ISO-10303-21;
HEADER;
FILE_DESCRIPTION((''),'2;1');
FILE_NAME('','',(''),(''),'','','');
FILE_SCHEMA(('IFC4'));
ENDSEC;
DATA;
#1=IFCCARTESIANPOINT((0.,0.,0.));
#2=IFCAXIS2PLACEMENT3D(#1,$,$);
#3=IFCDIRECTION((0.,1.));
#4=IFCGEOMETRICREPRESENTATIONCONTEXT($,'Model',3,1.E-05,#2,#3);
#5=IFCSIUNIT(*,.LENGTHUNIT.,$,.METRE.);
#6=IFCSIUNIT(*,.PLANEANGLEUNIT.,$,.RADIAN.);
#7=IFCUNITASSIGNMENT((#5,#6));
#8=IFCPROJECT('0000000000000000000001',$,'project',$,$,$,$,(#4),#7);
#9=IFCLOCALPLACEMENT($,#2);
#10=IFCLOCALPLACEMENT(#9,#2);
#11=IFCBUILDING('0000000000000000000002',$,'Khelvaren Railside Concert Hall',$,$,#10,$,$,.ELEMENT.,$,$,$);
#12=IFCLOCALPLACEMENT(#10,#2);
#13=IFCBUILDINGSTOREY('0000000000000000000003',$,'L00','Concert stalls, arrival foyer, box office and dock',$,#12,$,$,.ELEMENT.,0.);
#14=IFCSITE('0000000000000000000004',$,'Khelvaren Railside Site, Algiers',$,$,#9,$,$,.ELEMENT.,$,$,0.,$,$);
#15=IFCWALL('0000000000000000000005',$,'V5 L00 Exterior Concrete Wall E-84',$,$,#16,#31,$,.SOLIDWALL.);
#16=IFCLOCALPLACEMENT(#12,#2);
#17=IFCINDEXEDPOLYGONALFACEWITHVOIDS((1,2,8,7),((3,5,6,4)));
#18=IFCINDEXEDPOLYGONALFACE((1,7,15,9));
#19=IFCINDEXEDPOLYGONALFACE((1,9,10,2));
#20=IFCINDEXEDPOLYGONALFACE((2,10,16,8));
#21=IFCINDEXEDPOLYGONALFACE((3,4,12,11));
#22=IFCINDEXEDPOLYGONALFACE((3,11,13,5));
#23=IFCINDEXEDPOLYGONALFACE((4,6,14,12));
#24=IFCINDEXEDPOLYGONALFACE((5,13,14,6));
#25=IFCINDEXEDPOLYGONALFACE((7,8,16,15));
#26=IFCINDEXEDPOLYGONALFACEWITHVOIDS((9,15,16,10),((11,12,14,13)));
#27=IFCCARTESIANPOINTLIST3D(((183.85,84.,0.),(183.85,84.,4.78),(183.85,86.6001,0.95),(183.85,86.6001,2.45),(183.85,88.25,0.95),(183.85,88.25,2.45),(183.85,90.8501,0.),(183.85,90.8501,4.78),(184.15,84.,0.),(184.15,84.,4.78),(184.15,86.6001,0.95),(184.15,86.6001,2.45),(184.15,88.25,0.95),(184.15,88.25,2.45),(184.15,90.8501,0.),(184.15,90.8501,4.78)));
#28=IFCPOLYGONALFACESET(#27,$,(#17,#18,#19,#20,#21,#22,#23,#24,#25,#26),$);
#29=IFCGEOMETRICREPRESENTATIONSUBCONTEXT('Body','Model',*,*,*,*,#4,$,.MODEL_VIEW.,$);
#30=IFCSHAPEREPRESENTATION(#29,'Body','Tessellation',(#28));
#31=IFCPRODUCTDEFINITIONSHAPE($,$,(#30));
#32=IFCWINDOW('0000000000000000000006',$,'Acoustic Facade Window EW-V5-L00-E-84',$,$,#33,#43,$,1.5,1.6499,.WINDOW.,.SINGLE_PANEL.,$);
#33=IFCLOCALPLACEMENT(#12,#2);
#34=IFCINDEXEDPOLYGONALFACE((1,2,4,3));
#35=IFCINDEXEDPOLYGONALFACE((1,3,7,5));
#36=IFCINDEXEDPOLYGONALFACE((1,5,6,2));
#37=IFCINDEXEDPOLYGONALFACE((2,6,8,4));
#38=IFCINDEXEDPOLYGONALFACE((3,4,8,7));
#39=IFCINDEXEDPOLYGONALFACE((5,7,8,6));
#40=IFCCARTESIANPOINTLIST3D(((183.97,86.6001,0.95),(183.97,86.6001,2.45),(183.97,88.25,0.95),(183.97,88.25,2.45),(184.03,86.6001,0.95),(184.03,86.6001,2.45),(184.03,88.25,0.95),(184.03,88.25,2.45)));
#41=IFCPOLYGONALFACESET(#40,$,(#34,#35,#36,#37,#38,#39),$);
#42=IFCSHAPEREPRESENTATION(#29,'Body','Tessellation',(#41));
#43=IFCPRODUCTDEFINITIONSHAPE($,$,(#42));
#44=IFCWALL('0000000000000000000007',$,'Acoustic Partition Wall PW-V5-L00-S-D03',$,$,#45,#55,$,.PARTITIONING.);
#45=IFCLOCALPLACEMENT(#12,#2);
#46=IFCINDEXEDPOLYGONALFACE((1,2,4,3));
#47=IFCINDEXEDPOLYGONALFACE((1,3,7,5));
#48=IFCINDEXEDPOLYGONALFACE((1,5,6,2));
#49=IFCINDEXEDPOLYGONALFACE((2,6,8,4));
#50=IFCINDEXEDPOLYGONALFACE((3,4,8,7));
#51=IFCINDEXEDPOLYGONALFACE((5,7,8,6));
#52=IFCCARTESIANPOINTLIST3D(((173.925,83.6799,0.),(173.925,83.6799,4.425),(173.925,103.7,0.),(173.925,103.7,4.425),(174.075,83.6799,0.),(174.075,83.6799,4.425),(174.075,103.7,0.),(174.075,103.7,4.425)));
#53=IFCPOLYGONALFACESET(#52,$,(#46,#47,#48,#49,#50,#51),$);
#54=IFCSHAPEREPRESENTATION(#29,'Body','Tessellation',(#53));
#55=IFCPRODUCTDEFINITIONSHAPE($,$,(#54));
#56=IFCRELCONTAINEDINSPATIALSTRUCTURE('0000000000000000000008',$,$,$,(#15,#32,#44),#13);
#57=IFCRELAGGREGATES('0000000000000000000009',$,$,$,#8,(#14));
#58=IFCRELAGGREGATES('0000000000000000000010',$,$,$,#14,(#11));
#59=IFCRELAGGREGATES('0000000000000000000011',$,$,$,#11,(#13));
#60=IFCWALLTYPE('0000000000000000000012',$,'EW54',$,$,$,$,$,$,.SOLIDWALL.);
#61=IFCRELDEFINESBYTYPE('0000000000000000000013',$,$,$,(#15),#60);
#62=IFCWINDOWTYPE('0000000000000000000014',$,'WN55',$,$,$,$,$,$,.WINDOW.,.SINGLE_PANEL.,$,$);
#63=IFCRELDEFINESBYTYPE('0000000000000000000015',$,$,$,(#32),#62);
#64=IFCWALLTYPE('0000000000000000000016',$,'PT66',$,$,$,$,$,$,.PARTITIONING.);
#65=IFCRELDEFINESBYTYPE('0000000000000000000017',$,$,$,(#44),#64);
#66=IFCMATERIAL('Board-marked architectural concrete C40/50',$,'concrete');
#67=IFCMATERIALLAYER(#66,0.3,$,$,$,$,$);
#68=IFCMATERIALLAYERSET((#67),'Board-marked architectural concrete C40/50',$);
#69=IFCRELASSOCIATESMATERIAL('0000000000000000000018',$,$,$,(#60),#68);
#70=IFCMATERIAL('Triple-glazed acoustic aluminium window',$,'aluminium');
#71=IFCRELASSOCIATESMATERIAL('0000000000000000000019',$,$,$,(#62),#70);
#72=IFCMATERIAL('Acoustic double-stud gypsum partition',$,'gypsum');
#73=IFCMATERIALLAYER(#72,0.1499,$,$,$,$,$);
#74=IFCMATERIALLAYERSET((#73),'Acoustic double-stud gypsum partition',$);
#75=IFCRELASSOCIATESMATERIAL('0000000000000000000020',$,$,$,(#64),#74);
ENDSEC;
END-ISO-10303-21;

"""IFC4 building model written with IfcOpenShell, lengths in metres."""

from ifc_helpers import new_model, si_unit, direction, frame, frame_2d, origin, place, context, subcontext, project, spatial, rectangle, extrude, material, layer, layer_set, type_object, element, fill, save


model = new_model("IFC4")

# Units and contexts
model_context = context("Model", 3, precision=1e-05, world=origin(), true_north=direction((0.0, 1.0)))
body_context = subcontext(model_context, "Body", "Model", "MODEL_VIEW")
ifc_project = project(units=[si_unit("LENGTHUNIT", "METRE"), si_unit("PLANEANGLEUNIT", "RADIAN")], contexts=[model_context])

# Site, building, storey
site_placement = place(None, origin())
site = spatial("IfcSite", under=ifc_project, at=site_placement, Name="Khelvaren Railside Site, Algiers", CompositionType="ELEMENT", RefElevation=0.0)
building_placement = place(site_placement, origin())
building = spatial("IfcBuilding", under=site, at=building_placement, Name="Khelvaren Railside Concert Hall", CompositionType="ELEMENT")
storey_placement = place(building_placement, origin())
storey = spatial("IfcBuildingStorey", under=building, at=storey_placement, Name="L00", Description="Concert stalls, arrival foyer, box office and dock", CompositionType="ELEMENT", Elevation=0.0)

# Wall, opening, window
ifc_material_1 = material(Name="Board-marked architectural concrete C40/50", Category="concrete")
ifc_layer_1 = layer(ifc_material_1, 0.3)
ifc_layer_set_1 = layer_set([ifc_layer_1], Name="Board-marked architectural concrete C40/50")
wall_type_1 = type_object("IfcWallType", Name="EW54", PredefinedType="SOLIDWALL", material=ifc_layer_set_1)
ifc_material_2 = material(Name="Triple-glazed acoustic aluminium window", Category="aluminium")
wall_1_placement = place(storey_placement, frame((184.0, 90.8501, 0.0), z_axis=(0.0, 0.0, 1.0), x_axis=(0.0, -1.0, 0.0)))
wall_1 = element("IfcWall", 1, at=wall_1_placement, inside=storey, type_object=wall_type_1, Name="V5 L00 Exterior Concrete Wall E-84", PredefinedType="SOLIDWALL", context=body_context, shape_type="SweptSolid", body=[
    extrude(rectangle(XDim=6.8501, YDim=0.3, at=frame_2d((3.425, 0.0))), origin(), (0.0, 0.0, 1.0), 4.78),
])
opening_1_placement = place(wall_1_placement, frame((2.6001, 0.0, 0.95)))
opening_1 = element("IfcOpeningElement", 2, at=opening_1_placement, cuts=wall_1, PredefinedType="OPENING", context=body_context, shape_type="SweptSolid", body=[
    extrude(rectangle(XDim=1.6499, YDim=1.5, at=frame_2d((0.825, 0.75))), frame((0.0, 0.1599, 0.0), z_axis=(0.0, -1.0, 0.0), x_axis=(1.0, 0.0, 0.0)), (0.0, 0.0, 1.0), 0.3201),
])
window_type_1 = type_object("IfcWindowType", Name="WN55", PartitioningType="SINGLE_PANEL", PredefinedType="WINDOW", material=ifc_material_2)
window_1_placement = place(opening_1_placement, origin())
window_1 = element("IfcWindow", 3, at=window_1_placement, inside=storey, type_object=window_type_1, Name="Acoustic Facade Window EW-V5-L00-E-84", OverallHeight=1.5, OverallWidth=1.6499, PartitioningType="SINGLE_PANEL", PredefinedType="WINDOW", context=body_context, shape_type="SweptSolid", body=[
    extrude(rectangle(XDim=1.6499, YDim=1.5, at=frame_2d((0.825, 0.75))), frame((0.0, 0.03, 0.0), z_axis=(0.0, -1.0, 0.0), x_axis=(1.0, 0.0, 0.0)), (0.0, 0.0, 1.0), 0.0601),
])
fill(opening_1, window_1)

# Wall
ifc_material_3 = material(Name="Acoustic double-stud gypsum partition", Category="gypsum")
ifc_layer_2 = layer(ifc_material_3, 0.1499)
ifc_layer_set_2 = layer_set([ifc_layer_2], Name="Acoustic double-stud gypsum partition")
wall_type_2 = type_object("IfcWallType", Name="PT66", PredefinedType="PARTITIONING", material=ifc_layer_set_2)
wall_2_placement = place(storey_placement, frame((174.0, 83.6799, 0.0), z_axis=(0.0, 0.0, 1.0), x_axis=(0.0, 1.0, 0.0)))
element("IfcWall", 4, at=wall_2_placement, inside=storey, type_object=wall_type_2, Name="Acoustic Partition Wall PW-V5-L00-S-D03", PredefinedType="PARTITIONING", context=body_context, shape_type="SweptSolid", body=[
    extrude(rectangle(XDim=20.02, YDim=0.1499, at=frame_2d((10.01, 0.0))), origin(), (0.0, 0.0, 1.0), 4.425),
])

save(model, "model.ifc")
